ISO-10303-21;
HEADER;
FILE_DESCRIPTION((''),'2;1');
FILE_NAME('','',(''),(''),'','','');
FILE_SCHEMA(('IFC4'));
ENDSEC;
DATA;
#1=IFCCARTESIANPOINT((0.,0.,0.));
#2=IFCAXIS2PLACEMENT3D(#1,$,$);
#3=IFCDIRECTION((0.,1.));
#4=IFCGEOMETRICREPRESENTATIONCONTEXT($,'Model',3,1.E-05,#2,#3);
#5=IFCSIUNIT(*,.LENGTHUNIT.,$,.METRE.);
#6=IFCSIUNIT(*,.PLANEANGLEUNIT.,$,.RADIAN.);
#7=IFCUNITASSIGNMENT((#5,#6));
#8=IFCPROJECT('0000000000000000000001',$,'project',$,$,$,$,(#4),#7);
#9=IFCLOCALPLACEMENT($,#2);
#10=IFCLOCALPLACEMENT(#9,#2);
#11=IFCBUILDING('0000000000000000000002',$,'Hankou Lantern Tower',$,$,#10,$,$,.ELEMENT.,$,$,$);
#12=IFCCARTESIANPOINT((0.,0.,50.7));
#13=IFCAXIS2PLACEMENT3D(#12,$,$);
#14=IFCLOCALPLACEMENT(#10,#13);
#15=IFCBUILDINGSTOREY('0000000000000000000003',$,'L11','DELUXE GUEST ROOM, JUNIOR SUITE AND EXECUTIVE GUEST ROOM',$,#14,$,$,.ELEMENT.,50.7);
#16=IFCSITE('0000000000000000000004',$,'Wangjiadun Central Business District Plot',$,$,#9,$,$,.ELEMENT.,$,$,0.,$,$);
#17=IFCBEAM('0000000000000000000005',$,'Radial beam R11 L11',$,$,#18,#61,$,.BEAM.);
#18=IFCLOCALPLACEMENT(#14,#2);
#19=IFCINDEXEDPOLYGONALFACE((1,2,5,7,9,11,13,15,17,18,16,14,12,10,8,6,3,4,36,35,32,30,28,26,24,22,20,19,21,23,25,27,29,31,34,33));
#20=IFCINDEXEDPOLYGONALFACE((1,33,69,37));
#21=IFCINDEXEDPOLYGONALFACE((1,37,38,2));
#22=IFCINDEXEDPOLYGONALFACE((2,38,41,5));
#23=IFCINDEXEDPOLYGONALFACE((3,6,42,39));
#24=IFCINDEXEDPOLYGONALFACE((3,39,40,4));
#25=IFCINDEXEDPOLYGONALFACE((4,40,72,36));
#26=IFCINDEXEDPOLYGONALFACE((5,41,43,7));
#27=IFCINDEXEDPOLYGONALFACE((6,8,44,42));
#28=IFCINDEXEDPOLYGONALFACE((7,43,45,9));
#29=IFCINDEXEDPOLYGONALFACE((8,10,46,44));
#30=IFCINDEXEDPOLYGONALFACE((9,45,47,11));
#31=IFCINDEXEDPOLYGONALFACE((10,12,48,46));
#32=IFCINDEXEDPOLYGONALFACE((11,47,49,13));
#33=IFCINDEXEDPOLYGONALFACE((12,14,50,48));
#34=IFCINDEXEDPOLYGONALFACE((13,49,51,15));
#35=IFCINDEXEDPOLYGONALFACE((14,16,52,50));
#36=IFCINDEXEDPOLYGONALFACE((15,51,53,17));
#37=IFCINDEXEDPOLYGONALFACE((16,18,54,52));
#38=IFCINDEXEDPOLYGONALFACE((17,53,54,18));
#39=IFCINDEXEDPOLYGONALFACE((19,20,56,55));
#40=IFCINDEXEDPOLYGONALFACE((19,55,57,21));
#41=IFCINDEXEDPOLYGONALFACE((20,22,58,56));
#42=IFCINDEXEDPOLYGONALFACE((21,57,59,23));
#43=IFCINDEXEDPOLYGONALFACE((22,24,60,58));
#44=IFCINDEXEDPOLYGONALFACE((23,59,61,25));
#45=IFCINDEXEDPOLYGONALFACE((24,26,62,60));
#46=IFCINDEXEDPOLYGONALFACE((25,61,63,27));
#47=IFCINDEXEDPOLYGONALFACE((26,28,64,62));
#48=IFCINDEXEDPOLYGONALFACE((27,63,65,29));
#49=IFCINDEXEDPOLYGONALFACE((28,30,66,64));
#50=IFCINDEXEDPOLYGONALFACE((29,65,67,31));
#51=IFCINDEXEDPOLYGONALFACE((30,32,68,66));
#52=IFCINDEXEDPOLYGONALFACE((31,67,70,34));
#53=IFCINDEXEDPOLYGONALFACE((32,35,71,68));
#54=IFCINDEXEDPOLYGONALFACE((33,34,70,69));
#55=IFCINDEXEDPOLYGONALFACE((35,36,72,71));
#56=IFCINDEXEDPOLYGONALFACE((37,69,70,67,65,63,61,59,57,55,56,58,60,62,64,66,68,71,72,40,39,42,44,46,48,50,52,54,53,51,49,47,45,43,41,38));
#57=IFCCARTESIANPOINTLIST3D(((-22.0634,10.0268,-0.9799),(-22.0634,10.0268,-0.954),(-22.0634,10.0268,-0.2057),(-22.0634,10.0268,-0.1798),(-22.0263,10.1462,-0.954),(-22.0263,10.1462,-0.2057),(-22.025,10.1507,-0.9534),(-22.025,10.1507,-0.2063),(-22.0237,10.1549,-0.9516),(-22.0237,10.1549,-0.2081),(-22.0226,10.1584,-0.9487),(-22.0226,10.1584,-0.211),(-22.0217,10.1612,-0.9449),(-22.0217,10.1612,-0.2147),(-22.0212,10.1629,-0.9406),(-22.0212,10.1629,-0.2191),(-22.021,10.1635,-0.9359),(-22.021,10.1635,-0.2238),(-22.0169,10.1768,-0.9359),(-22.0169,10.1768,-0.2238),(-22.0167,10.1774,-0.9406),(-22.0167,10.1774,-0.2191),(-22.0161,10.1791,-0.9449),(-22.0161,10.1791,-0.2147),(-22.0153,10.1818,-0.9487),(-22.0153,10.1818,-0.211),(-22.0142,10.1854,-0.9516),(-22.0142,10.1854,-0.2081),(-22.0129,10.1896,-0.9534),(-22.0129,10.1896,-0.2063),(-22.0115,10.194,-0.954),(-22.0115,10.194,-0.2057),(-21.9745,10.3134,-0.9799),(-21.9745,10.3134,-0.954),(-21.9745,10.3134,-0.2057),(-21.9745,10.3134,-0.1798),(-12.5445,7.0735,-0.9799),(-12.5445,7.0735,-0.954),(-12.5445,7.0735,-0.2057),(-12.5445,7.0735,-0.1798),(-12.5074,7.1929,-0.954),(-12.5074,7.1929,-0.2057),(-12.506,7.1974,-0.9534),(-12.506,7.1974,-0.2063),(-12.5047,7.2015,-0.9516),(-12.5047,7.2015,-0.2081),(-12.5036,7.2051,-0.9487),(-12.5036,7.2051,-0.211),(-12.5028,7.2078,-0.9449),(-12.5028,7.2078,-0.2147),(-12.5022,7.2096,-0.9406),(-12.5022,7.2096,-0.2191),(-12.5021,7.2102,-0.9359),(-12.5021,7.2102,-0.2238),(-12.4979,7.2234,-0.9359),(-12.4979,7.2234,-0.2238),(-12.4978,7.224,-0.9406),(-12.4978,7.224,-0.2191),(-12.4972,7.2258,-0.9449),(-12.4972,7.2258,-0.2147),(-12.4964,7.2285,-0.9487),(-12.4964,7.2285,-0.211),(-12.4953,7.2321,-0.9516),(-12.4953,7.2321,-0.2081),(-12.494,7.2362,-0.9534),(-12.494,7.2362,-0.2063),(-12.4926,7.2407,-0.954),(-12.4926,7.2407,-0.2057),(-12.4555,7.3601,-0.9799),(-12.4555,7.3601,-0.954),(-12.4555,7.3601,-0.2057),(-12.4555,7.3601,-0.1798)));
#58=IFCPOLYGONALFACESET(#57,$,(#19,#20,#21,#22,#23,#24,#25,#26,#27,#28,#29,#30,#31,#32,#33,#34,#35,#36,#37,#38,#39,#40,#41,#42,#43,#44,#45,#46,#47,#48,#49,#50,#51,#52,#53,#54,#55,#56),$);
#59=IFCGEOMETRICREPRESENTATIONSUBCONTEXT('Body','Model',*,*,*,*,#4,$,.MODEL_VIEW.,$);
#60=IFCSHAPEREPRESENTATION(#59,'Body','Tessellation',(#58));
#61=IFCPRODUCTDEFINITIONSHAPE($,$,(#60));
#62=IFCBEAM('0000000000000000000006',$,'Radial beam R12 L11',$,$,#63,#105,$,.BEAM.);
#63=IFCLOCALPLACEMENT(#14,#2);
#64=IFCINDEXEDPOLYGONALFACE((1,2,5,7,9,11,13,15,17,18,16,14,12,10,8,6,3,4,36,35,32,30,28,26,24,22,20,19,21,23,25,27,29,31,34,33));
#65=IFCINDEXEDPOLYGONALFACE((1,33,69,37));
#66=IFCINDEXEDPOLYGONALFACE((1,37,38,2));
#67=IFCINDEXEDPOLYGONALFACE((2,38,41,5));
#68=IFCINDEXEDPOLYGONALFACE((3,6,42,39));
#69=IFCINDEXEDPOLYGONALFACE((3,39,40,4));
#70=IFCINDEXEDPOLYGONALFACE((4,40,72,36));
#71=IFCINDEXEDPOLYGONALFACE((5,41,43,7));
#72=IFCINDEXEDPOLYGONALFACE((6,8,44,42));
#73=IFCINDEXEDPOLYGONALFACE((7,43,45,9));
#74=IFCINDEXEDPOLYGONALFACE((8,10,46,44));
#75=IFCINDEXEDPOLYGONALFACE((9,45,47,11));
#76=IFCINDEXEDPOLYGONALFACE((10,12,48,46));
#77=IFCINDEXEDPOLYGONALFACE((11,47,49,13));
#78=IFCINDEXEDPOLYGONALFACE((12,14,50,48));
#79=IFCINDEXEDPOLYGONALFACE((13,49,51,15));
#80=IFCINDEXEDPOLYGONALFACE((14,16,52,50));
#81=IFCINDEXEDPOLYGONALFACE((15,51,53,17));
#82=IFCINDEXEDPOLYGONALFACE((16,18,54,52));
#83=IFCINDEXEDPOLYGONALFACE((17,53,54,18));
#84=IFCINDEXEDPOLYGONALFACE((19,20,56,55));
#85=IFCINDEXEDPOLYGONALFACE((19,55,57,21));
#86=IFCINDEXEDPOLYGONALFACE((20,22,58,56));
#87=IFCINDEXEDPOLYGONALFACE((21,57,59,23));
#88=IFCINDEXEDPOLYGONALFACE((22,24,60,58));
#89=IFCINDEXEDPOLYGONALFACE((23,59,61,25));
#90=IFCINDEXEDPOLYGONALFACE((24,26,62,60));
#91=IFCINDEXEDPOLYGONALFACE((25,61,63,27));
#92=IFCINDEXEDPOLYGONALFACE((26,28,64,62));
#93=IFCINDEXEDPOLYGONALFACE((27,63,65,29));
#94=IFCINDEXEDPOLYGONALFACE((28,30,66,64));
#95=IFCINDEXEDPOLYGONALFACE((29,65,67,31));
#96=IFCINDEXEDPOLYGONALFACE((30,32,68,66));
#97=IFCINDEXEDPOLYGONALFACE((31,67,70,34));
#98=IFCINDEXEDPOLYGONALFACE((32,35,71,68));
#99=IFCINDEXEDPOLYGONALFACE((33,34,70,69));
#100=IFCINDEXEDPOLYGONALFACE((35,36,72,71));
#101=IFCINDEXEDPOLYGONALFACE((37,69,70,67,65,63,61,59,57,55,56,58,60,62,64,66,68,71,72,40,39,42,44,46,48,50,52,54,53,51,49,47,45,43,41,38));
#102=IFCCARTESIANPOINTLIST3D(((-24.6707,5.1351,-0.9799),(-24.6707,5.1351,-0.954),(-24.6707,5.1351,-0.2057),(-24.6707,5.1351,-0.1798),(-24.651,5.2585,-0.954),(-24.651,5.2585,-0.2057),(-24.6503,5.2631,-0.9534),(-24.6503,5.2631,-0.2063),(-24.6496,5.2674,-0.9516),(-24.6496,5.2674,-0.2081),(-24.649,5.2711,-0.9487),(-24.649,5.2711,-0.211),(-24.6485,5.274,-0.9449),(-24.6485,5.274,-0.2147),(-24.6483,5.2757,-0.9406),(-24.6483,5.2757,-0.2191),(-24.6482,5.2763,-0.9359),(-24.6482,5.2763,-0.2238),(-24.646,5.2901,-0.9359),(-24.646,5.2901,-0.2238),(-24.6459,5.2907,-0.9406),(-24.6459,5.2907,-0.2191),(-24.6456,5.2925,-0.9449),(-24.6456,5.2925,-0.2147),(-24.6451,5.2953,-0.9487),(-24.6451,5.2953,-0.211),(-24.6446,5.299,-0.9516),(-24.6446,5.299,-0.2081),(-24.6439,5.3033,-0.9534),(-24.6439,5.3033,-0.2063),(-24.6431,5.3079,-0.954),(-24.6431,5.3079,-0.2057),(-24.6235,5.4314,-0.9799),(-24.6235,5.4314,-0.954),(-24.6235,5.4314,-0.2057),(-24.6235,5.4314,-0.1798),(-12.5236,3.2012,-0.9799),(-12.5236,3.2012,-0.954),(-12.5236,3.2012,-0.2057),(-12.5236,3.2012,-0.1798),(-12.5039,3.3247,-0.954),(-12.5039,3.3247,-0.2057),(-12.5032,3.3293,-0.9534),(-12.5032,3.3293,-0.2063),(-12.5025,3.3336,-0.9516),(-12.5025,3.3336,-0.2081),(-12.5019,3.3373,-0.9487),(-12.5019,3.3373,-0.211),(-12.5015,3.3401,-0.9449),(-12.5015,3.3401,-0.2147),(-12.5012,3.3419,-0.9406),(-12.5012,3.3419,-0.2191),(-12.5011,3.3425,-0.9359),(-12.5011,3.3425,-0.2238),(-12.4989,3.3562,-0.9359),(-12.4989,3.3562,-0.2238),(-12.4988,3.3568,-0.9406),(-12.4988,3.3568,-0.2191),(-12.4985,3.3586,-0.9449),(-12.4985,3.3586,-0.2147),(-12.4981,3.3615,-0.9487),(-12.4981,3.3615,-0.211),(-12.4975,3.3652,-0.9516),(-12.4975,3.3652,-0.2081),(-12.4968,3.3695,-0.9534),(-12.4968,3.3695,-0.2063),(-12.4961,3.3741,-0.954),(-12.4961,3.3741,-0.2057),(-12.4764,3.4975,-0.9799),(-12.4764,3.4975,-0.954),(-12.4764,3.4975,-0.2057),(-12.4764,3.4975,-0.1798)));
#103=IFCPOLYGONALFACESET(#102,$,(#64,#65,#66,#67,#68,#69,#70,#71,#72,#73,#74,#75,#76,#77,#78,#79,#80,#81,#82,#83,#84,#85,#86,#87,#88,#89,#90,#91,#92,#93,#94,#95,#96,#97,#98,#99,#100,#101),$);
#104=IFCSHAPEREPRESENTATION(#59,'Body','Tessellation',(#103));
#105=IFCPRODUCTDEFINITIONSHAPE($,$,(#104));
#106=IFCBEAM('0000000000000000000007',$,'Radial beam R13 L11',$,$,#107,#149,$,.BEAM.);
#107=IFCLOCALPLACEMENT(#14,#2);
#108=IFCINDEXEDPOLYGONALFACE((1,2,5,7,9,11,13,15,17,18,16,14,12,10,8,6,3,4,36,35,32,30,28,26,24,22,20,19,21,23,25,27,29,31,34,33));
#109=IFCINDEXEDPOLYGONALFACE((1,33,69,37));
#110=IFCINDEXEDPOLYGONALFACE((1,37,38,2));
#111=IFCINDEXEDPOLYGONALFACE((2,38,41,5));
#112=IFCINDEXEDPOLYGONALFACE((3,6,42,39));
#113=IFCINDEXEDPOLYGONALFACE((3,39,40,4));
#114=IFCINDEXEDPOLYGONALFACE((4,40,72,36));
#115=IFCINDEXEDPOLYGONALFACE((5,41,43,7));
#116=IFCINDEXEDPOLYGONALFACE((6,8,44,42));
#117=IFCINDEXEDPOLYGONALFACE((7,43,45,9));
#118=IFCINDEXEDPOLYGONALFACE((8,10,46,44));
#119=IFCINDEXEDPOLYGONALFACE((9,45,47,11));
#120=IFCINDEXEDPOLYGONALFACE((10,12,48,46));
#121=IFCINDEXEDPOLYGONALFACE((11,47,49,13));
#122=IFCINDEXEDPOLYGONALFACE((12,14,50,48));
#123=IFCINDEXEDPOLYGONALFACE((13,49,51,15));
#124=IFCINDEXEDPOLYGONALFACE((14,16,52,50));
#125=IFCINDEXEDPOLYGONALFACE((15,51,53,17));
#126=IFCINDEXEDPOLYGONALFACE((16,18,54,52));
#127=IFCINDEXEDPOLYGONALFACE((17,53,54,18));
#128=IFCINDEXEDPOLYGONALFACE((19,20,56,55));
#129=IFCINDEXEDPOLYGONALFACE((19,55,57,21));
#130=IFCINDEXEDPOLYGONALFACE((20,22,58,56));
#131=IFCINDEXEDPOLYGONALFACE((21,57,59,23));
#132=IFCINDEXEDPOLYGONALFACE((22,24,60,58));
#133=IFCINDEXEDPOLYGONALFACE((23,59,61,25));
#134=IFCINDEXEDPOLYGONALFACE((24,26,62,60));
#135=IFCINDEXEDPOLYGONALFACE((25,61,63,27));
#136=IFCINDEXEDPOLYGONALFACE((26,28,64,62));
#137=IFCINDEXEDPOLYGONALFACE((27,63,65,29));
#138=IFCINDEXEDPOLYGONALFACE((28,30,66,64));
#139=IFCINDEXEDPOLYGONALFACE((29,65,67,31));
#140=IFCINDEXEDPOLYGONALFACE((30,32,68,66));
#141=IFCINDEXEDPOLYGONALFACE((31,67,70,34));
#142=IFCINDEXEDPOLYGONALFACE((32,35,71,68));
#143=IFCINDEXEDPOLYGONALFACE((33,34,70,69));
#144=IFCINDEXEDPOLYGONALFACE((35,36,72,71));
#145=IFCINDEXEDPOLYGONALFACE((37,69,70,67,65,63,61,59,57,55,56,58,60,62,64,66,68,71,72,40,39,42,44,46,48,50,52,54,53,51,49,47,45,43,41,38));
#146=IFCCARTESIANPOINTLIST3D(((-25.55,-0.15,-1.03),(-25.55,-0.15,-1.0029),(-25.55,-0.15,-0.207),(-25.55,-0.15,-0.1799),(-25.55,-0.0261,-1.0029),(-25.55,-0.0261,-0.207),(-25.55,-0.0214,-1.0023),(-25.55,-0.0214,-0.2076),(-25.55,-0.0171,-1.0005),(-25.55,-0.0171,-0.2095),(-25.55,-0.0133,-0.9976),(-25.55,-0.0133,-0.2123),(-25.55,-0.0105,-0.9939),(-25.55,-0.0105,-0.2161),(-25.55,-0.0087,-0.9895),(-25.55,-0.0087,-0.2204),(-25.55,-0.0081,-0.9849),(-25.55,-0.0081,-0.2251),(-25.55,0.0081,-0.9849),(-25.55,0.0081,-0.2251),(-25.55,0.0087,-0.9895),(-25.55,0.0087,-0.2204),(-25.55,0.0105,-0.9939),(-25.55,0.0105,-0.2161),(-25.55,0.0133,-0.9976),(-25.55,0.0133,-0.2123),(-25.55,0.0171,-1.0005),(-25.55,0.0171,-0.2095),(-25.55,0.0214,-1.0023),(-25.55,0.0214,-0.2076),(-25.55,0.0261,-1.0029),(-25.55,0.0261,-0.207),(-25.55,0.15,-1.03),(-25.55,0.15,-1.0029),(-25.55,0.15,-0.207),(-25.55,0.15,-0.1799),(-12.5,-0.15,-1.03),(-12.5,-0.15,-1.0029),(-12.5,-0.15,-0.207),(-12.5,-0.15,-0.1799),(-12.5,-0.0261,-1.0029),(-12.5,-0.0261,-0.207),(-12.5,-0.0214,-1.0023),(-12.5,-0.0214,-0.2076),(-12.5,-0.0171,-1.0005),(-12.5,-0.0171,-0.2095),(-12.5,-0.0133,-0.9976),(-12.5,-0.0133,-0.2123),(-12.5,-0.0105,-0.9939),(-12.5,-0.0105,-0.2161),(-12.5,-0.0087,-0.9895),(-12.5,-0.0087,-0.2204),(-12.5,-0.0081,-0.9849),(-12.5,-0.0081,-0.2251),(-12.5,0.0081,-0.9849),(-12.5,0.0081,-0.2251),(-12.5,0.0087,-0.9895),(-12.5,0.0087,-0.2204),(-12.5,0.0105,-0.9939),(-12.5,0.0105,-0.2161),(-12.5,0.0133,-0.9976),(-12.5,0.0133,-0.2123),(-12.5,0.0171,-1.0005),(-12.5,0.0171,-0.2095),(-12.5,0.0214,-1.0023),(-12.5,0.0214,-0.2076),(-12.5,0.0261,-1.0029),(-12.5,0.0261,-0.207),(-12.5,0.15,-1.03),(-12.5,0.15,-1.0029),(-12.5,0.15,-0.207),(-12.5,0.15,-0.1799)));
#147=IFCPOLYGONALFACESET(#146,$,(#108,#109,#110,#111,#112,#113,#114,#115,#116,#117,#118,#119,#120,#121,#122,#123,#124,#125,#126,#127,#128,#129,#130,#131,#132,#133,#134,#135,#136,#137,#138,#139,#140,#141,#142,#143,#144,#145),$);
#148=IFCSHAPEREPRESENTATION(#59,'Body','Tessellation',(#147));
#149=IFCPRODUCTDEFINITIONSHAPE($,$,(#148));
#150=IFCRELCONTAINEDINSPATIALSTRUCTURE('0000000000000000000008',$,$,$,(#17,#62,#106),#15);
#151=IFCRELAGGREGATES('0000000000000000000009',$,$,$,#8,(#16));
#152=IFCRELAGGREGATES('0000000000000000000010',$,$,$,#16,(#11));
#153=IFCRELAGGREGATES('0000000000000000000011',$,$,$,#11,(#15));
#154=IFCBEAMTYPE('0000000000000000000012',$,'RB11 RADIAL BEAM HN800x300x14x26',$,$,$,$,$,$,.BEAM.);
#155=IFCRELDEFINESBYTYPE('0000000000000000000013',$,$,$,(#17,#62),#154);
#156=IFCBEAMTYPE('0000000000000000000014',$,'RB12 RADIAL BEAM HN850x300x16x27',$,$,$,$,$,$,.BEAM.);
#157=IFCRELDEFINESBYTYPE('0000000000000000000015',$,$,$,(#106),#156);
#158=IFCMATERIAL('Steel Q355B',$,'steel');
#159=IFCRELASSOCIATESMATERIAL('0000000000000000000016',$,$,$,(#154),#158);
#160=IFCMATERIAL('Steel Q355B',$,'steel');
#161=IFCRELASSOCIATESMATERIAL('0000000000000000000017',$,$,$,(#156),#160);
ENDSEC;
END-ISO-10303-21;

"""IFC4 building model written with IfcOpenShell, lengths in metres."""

from ifc_helpers import new_model, si_unit, direction, frame, origin, origin_2d, place, context, subcontext, project, spatial, i_section, extrude, material, material_profile, profile_set, type_object, element, save


model = new_model("IFC4")

# Units and contexts
model_context = context("Model", 3, precision=1e-05, world=origin(), true_north=direction((0.0, 1.0)))
body_context = subcontext(model_context, "Body", "Model", "MODEL_VIEW")
ifc_project = project(units=[si_unit("LENGTHUNIT", "METRE"), si_unit("PLANEANGLEUNIT", "RADIAN")], contexts=[model_context])

# Site, building, storey
site_placement = place(None, origin())
site = spatial("IfcSite", under=ifc_project, at=site_placement, Name="Wangjiadun Central Business District Plot", CompositionType="ELEMENT", RefElevation=0.0)
building_placement = place(site_placement, origin())
building = spatial("IfcBuilding", under=site, at=building_placement, Name="Hankou Lantern Tower", CompositionType="ELEMENT")
storey_placement = place(building_placement, frame((0.0, 0.0, 50.7)))
storey = spatial("IfcBuildingStorey", under=building, at=storey_placement, Name="L11", Description="DELUXE GUEST ROOM, JUNIOR SUITE AND EXECUTIVE GUEST ROOM", CompositionType="ELEMENT", Elevation=50.7)

# Beams
ifc_material_1 = material(Name="Steel Q355B", Category="steel")
ifc_material_profile_1 = material_profile(ifc_material_1, i_section(OverallWidth=0.3, OverallDepth=0.8, WebThickness=0.0139, FlangeThickness=0.0259, FilletRadius=0.0181, at=origin_2d()), Name="HN800x300x14x26")
ifc_profile_set_1 = profile_set([ifc_material_profile_1], Name="Steel Q355B")
beam_type_1 = type_object("IfcBeamType", Name="RB11 RADIAL BEAM HN800x300x14x26", PredefinedType="BEAM", material=ifc_profile_set_1)
beam_1_placement = place(storey_placement, frame((-12.5, 7.2168, -0.5798), z_axis=(-0.955087, 0.296324, 0.0), x_axis=(-0.296324, -0.955087, 0.0)))
element("IfcBeam", 1, at=beam_1_placement, inside=storey, type_object=beam_type_1, Name="Radial beam R11 L11", PredefinedType="BEAM", context=body_context, shape_type="SweptSolid", body=[
    extrude(i_section(OverallWidth=0.3, OverallDepth=0.8, WebThickness=0.0139, FlangeThickness=0.0259, FilletRadius=0.0181, at=origin_2d()), origin(), (0.0, 0.0, 1.0), 9.9666),
])
beam_2_placement = place(storey_placement, frame((-12.5, 3.3494, -0.5798), z_axis=(-0.987563, 0.157223, 0.0), x_axis=(-0.157223, -0.987563, 0.0)))
element("IfcBeam", 2, at=beam_2_placement, inside=storey, type_object=beam_type_1, Name="Radial beam R12 L11", PredefinedType="BEAM", context=body_context, shape_type="SweptSolid", body=[
    extrude(i_section(OverallWidth=0.3, OverallDepth=0.8, WebThickness=0.0139, FlangeThickness=0.0259, FilletRadius=0.0181, at=origin_2d()), origin(), (0.0, 0.0, 1.0), 12.3),
])
ifc_material_2 = material(Name="Steel Q355B", Category="steel")
ifc_material_profile_2 = material_profile(ifc_material_2, i_section(OverallWidth=0.3, OverallDepth=0.8501, WebThickness=0.0161, FlangeThickness=0.0271, FilletRadius=0.0181, at=origin_2d()), Name="HN850x300x16x27")
ifc_profile_set_2 = profile_set([ifc_material_profile_2], Name="Steel Q355B")
beam_type_2 = type_object("IfcBeamType", Name="RB12 RADIAL BEAM HN850x300x16x27", PredefinedType="BEAM", material=ifc_profile_set_2)
beam_3_placement = place(storey_placement, frame((-12.5, 0.0, -0.605), z_axis=(-1.0, 0.0, 0.0), x_axis=(0.0, -1.0, 0.0)))
element("IfcBeam", 3, at=beam_3_placement, inside=storey, type_object=beam_type_2, Name="Radial beam R13 L11", PredefinedType="BEAM", context=body_context, shape_type="SweptSolid", body=[
    extrude(i_section(OverallWidth=0.3, OverallDepth=0.8501, WebThickness=0.0161, FlangeThickness=0.0271, FilletRadius=0.0181, at=origin_2d()), origin(), (0.0, 0.0, 1.0), 13.05),
])

save(model, "model.ifc")
